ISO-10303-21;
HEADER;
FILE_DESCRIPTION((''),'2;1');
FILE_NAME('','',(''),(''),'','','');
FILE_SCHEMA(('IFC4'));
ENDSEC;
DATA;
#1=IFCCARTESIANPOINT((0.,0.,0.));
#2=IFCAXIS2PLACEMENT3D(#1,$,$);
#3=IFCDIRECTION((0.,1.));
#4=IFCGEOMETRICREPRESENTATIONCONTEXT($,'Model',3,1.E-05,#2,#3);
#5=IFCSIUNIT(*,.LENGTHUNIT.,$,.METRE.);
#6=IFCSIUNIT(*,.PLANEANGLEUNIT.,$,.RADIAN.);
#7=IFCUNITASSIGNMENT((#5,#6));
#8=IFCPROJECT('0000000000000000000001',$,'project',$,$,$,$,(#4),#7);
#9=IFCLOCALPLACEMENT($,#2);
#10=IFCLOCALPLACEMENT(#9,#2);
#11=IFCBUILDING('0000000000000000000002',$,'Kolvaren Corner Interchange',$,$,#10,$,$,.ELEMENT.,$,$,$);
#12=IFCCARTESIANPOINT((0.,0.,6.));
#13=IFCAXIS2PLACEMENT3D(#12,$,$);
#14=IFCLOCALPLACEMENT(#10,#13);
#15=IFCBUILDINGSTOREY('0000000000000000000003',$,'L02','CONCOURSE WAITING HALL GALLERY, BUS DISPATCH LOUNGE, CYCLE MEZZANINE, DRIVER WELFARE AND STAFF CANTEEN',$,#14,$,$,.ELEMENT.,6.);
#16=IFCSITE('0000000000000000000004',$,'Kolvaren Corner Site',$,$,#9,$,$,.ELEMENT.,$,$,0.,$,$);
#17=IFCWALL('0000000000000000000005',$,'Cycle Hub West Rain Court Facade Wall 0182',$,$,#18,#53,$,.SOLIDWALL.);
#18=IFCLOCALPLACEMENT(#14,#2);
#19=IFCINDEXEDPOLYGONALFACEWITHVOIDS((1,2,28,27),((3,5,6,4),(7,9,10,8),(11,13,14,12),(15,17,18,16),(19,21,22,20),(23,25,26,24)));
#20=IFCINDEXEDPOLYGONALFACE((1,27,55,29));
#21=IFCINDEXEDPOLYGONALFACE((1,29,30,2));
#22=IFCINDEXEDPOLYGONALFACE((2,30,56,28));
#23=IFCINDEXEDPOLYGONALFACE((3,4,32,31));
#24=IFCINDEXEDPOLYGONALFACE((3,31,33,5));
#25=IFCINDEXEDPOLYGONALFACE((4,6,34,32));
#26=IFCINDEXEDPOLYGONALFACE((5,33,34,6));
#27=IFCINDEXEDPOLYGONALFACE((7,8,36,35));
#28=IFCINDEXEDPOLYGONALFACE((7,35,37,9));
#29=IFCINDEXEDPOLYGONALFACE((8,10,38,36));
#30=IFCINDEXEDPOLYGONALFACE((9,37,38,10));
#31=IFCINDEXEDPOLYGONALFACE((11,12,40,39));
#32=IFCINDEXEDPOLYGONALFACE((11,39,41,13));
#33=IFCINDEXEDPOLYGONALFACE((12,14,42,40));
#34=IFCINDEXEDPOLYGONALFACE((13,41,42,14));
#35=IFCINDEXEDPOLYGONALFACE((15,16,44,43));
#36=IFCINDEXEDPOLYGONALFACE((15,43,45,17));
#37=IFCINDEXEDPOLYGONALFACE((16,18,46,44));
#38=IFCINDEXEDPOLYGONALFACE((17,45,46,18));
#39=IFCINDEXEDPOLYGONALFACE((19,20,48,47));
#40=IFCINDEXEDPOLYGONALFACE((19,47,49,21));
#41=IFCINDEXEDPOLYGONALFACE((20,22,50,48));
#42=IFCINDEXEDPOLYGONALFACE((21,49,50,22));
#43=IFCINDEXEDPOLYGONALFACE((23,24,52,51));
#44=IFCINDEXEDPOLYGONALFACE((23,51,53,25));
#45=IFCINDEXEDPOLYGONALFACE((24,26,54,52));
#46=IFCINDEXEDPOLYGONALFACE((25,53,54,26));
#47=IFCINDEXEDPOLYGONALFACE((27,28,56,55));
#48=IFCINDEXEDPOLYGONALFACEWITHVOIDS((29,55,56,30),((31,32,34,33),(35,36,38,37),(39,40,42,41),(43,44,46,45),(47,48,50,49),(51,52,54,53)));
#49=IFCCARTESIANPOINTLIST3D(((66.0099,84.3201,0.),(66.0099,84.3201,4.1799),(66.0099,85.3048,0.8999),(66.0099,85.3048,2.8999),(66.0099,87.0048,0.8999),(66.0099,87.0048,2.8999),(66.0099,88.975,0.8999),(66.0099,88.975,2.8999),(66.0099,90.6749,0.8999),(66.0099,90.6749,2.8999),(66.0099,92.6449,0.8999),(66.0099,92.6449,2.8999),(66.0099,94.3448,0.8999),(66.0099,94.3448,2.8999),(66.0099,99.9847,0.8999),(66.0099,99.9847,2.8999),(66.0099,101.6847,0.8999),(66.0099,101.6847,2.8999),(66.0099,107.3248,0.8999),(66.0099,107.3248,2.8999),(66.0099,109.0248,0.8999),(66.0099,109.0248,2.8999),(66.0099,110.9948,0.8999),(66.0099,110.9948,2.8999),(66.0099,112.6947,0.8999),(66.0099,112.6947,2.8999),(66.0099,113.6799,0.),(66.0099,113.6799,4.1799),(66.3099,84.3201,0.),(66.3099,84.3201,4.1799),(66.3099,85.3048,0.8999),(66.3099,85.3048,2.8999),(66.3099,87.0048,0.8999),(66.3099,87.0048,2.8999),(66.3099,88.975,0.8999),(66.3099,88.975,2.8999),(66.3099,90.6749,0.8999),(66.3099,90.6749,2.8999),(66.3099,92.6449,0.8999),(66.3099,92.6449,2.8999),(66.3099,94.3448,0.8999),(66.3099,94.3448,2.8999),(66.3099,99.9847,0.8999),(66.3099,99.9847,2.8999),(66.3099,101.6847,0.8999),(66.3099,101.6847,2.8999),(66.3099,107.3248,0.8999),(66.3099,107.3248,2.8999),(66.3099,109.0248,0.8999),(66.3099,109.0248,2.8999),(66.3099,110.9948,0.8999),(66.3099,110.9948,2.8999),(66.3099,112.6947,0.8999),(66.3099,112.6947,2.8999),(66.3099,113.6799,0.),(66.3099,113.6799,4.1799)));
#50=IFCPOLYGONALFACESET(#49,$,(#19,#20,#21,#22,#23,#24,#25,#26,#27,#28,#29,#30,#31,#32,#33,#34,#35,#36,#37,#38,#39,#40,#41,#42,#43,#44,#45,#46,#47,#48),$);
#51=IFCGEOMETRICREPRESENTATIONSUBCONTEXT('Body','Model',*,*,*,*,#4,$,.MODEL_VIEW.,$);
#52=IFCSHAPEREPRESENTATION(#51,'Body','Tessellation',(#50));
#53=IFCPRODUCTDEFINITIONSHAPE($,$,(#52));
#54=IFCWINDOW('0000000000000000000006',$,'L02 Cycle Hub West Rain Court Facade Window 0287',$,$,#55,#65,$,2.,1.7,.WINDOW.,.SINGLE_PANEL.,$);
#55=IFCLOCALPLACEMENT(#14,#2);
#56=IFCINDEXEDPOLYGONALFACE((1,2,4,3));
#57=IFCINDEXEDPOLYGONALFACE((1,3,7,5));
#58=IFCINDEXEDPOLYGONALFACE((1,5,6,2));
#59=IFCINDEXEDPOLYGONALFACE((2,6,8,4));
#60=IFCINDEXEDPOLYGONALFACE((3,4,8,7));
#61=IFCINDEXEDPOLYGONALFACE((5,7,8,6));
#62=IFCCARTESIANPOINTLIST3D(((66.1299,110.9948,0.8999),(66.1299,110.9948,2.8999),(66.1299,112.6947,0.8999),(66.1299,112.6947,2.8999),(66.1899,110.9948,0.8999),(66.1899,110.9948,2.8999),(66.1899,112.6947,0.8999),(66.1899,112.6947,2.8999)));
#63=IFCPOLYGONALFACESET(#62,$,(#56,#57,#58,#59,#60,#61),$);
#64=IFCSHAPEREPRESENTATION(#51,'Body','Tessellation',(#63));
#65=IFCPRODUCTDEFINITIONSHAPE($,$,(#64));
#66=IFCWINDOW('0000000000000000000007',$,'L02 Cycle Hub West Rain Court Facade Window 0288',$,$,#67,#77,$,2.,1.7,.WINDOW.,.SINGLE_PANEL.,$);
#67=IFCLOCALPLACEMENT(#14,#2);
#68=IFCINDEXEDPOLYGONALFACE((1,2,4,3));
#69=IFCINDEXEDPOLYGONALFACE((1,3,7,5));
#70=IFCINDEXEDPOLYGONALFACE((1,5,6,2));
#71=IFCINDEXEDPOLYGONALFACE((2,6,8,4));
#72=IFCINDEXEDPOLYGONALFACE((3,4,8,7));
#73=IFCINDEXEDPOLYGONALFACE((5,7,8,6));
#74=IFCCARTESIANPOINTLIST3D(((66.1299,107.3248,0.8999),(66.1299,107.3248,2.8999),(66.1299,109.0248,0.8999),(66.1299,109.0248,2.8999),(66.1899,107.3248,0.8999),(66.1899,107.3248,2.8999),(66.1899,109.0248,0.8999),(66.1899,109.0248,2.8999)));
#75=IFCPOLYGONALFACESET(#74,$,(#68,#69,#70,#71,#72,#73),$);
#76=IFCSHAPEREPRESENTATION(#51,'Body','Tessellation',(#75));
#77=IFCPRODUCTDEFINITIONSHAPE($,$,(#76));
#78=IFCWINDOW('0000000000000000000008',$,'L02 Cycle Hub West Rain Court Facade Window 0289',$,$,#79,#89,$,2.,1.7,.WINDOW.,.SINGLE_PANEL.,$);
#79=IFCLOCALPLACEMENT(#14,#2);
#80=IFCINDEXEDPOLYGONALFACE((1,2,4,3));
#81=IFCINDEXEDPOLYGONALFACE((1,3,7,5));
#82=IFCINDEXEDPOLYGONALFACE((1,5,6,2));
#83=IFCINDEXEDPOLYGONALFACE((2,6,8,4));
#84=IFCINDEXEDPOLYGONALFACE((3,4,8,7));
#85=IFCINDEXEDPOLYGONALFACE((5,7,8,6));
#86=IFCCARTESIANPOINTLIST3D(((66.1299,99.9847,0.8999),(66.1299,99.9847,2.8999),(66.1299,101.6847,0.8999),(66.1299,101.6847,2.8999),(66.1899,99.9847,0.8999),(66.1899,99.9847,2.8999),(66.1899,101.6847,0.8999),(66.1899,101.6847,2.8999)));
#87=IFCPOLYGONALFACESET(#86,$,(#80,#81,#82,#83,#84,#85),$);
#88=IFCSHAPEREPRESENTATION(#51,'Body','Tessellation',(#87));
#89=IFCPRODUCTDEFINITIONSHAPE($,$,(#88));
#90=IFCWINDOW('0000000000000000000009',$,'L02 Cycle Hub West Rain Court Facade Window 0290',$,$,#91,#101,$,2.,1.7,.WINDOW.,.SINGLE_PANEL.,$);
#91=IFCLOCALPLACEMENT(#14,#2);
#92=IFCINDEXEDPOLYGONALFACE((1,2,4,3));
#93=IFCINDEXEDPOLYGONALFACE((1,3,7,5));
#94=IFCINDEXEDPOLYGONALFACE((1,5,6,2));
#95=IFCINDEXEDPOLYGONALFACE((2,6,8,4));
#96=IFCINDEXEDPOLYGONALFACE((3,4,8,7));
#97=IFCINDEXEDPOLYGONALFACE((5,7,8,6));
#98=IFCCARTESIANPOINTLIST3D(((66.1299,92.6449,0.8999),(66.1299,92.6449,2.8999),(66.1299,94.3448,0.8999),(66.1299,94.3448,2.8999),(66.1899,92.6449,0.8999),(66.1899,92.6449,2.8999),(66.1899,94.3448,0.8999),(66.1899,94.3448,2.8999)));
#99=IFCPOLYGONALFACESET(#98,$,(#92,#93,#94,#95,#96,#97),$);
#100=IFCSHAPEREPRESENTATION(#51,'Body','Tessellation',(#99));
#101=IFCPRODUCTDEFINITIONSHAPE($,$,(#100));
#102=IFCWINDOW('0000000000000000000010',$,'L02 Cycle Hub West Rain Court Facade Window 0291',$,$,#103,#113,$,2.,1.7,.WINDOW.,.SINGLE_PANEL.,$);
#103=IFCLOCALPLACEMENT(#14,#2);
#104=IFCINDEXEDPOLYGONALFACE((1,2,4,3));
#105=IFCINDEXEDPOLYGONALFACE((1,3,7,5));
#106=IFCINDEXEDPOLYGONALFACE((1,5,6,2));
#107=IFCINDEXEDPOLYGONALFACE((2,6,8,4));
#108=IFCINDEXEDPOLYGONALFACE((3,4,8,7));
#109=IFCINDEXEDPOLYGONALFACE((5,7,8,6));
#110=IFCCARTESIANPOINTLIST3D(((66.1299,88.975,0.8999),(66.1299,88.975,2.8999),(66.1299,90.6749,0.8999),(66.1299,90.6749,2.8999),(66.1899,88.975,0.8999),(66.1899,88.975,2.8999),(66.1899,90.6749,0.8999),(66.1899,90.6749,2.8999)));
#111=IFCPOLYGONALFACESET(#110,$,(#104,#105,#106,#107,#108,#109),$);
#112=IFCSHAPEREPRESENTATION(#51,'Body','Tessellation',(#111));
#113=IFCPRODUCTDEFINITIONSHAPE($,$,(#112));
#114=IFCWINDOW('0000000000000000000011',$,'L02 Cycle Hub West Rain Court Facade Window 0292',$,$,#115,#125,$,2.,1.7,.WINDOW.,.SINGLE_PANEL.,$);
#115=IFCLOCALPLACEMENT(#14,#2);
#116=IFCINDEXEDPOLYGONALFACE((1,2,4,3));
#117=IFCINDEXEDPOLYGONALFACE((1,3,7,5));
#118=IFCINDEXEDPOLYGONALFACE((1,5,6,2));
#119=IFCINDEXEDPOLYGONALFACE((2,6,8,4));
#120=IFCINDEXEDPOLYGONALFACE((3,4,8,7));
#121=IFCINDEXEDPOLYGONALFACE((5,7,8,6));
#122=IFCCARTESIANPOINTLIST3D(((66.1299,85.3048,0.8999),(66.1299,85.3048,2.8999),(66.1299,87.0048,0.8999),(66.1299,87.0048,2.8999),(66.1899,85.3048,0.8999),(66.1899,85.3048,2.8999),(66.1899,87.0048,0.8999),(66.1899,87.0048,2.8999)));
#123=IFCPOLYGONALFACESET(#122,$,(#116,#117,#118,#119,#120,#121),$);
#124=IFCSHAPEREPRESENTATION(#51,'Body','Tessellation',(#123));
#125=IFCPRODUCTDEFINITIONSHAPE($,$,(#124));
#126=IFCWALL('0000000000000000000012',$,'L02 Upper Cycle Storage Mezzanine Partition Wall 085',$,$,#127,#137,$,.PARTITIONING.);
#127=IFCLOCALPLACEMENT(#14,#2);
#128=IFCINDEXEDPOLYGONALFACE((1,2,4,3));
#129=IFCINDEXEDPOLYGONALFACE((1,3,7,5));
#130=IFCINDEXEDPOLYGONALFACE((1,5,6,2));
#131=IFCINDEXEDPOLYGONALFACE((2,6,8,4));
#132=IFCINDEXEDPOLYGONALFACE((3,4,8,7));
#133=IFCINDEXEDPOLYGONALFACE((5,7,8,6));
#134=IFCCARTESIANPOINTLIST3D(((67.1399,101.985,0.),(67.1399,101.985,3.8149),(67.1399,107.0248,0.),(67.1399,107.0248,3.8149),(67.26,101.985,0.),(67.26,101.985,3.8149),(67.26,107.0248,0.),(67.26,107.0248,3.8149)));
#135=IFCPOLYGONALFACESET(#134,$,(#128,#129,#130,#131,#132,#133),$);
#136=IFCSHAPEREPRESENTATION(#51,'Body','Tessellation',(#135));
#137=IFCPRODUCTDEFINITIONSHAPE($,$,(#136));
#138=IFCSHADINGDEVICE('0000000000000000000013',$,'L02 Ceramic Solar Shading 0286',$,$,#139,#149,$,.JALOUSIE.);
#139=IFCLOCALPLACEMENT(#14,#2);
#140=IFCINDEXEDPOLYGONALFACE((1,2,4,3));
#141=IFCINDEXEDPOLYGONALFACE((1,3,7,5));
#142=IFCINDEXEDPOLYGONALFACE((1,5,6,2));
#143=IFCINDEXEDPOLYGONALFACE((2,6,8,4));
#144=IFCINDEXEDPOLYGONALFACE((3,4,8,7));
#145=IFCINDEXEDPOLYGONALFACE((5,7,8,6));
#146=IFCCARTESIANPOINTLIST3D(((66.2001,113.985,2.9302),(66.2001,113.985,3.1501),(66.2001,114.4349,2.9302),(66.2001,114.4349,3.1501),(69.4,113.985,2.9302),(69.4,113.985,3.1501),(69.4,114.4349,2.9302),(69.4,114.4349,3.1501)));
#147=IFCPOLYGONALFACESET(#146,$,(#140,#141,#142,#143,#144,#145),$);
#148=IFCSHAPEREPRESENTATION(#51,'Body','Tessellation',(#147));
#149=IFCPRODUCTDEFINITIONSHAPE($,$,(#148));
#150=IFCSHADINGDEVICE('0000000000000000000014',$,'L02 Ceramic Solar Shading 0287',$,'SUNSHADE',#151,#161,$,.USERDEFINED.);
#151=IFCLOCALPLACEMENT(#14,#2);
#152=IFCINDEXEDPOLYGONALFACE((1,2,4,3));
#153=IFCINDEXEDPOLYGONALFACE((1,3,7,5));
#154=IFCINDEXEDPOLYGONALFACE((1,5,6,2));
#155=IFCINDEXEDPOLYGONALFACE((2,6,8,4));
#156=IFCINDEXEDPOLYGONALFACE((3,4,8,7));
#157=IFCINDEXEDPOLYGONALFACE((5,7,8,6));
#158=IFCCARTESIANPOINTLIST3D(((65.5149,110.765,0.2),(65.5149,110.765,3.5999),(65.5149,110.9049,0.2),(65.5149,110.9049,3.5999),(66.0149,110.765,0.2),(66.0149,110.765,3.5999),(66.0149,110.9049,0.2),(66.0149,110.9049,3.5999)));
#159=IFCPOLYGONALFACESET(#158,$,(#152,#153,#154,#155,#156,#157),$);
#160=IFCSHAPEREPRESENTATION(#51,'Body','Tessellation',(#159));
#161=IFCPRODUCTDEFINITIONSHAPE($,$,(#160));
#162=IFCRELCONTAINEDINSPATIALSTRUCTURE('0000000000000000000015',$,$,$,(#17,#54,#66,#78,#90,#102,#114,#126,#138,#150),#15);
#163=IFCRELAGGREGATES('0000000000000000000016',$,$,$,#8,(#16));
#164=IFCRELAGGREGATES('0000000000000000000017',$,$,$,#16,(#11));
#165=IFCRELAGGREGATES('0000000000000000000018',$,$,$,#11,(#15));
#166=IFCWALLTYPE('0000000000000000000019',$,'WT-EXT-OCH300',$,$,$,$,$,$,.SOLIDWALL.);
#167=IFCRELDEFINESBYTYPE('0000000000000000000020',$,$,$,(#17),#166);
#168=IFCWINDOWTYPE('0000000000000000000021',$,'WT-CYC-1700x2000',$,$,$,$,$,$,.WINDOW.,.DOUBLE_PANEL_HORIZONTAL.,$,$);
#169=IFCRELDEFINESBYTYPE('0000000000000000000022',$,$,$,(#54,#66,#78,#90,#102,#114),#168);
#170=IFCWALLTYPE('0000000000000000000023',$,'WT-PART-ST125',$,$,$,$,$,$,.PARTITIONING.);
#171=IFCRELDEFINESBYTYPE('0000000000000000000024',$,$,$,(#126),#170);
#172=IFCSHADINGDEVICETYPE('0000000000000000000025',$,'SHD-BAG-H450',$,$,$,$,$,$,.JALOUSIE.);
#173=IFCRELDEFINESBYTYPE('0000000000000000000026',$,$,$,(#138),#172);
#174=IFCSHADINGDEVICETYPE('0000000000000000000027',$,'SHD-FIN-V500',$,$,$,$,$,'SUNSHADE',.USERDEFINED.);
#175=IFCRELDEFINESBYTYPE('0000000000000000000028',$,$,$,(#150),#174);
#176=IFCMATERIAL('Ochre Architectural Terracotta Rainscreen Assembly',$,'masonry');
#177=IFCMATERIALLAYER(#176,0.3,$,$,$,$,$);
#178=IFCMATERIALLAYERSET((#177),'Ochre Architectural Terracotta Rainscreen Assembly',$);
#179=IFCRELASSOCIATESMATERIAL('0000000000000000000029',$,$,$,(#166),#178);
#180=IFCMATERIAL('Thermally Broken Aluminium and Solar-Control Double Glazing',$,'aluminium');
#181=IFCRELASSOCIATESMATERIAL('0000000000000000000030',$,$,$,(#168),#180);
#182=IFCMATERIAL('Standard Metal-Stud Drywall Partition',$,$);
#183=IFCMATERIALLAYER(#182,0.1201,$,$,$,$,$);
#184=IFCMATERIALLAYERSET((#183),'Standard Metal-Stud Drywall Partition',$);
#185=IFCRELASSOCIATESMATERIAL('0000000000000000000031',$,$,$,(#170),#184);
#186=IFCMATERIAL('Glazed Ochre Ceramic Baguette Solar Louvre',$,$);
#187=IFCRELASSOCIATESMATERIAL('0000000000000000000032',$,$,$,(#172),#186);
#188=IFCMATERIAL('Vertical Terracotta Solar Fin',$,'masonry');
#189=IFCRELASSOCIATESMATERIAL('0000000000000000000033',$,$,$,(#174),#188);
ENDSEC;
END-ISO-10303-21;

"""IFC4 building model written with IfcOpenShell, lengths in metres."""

from ifc_helpers import new_model, si_unit, direction, frame, frame_2d, origin, origin_2d, place, context, subcontext, project, spatial, rectangle, extrude, material, layer, layer_set, type_object, element, fill, save


model = new_model("IFC4")

# Units and contexts
model_context = context("Model", 3, precision=1e-05, world=origin(), true_north=direction((0.0, 1.0)))
body_context = subcontext(model_context, "Body", "Model", "MODEL_VIEW")
ifc_project = project(units=[si_unit("LENGTHUNIT", "METRE"), si_unit("PLANEANGLEUNIT", "RADIAN")], contexts=[model_context])

# Site, building, storey
site_placement = place(None, origin())
site = spatial("IfcSite", under=ifc_project, at=site_placement, Name="Kolvaren Corner Site", CompositionType="ELEMENT", RefElevation=0.0)
building_placement = place(site_placement, origin())
building = spatial("IfcBuilding", under=site, at=building_placement, Name="Kolvaren Corner Interchange", CompositionType="ELEMENT")
storey_placement = place(building_placement, frame((0.0, 0.0, 6.0)))
storey = spatial("IfcBuildingStorey", under=building, at=storey_placement, Name="L02", Description="CONCOURSE WAITING HALL GALLERY, BUS DISPATCH LOUNGE, CYCLE MEZZANINE, DRIVER WELFARE AND STAFF CANTEEN", CompositionType="ELEMENT", Elevation=6.0)

# Wall, openings, windows
ifc_material_1 = material(Name="Ochre Architectural Terracotta Rainscreen Assembly", Category="masonry")
ifc_layer_1 = layer(ifc_material_1, 0.3)
ifc_layer_set_1 = layer_set([ifc_layer_1], Name="Ochre Architectural Terracotta Rainscreen Assembly")
wall_type_1 = type_object("IfcWallType", Name="WT-EXT-OCH300", PredefinedType="SOLIDWALL", material=ifc_layer_set_1)
wall_1_placement = place(storey_placement, frame((66.1599, 113.6799, 0.0), z_axis=(0.0, 0.0, 1.0), x_axis=(0.0, -1.0, 0.0)))
wall_1 = element("IfcWall", 1, at=wall_1_placement, inside=storey, type_object=wall_type_1, Name="Cycle Hub West Rain Court Facade Wall 0182", PredefinedType="SOLIDWALL", context=body_context, shape_type="SweptSolid", body=[
    extrude(rectangle(XDim=29.3599, YDim=0.3, at=frame_2d((14.6799, 0.0))), origin(), (0.0, 0.0, 1.0), 4.1799),
])
opening_1_placement = place(wall_1_placement, frame((0.9851, 0.0, 0.8999)))
opening_1 = element("IfcOpeningElement", 2, at=opening_1_placement, cuts=wall_1, PredefinedType="OPENING", context=body_context, shape_type="SweptSolid", body=[
    extrude(rectangle(XDim=1.7, YDim=2.0, at=frame_2d((0.8501, 1.0))), frame((0.0, 0.1599, 0.0), z_axis=(0.0, -1.0, 0.0), x_axis=(1.0, 0.0, 0.0)), (0.0, 0.0, 1.0), 0.3201),
])
opening_2_placement = place(wall_1_placement, frame((4.655, 0.0, 0.8999)))
opening_2 = element("IfcOpeningElement", 3, at=opening_2_placement, cuts=wall_1, PredefinedType="OPENING", context=body_context, shape_type="SweptSolid", body=[
    extrude(rectangle(XDim=1.7, YDim=2.0, at=frame_2d((0.8501, 1.0))), frame((0.0, 0.1599, 0.0), z_axis=(0.0, -1.0, 0.0), x_axis=(1.0, 0.0, 0.0)), (0.0, 0.0, 1.0), 0.3201),
])
opening_3_placement = place(wall_1_placement, frame((11.9951, 0.0, 0.8999)))
opening_3 = element("IfcOpeningElement", 4, at=opening_3_placement, cuts=wall_1, PredefinedType="OPENING", context=body_context, shape_type="SweptSolid", body=[
    extrude(rectangle(XDim=1.7, YDim=2.0, at=frame_2d((0.8501, 1.0))), frame((0.0, 0.1599, 0.0), z_axis=(0.0, -1.0, 0.0), x_axis=(1.0, 0.0, 0.0)), (0.0, 0.0, 1.0), 0.3201),
])
opening_4_placement = place(wall_1_placement, frame((19.335, 0.0, 0.8999)))
opening_4 = element("IfcOpeningElement", 5, at=opening_4_placement, cuts=wall_1, PredefinedType="OPENING", context=body_context, shape_type="SweptSolid", body=[
    extrude(rectangle(XDim=1.7, YDim=2.0, at=frame_2d((0.8501, 1.0))), frame((0.0, 0.1599, 0.0), z_axis=(0.0, -1.0, 0.0), x_axis=(1.0, 0.0, 0.0)), (0.0, 0.0, 1.0), 0.3201),
])
opening_5_placement = place(wall_1_placement, frame((23.0049, 0.0, 0.8999)))
opening_5 = element("IfcOpeningElement", 6, at=opening_5_placement, cuts=wall_1, PredefinedType="OPENING", context=body_context, shape_type="SweptSolid", body=[
    extrude(rectangle(XDim=1.7, YDim=2.0, at=frame_2d((0.8501, 1.0))), frame((0.0, 0.1599, 0.0), z_axis=(0.0, -1.0, 0.0), x_axis=(1.0, 0.0, 0.0)), (0.0, 0.0, 1.0), 0.3201),
])
opening_6_placement = place(wall_1_placement, frame((26.675, 0.0, 0.8999)))
opening_6 = element("IfcOpeningElement", 7, at=opening_6_placement, cuts=wall_1, PredefinedType="OPENING", context=body_context, shape_type="SweptSolid", body=[
    extrude(rectangle(XDim=1.7, YDim=2.0, at=frame_2d((0.8501, 1.0))), frame((0.0, 0.1599, 0.0), z_axis=(0.0, -1.0, 0.0), x_axis=(1.0, 0.0, 0.0)), (0.0, 0.0, 1.0), 0.3201),
])
ifc_material_2 = material(Name="Thermally Broken Aluminium and Solar-Control Double Glazing", Category="aluminium")
window_type = type_object("IfcWindowType", Name="WT-CYC-1700x2000", PartitioningType="DOUBLE_PANEL_HORIZONTAL", PredefinedType="WINDOW", material=ifc_material_2)
window_1_placement = place(opening_1_placement, origin())
window_1 = element("IfcWindow", 8, at=window_1_placement, inside=storey, type_object=window_type, Name="L02 Cycle Hub West Rain Court Facade Window 0287", OverallHeight=2.0, OverallWidth=1.7, PartitioningType="SINGLE_PANEL", PredefinedType="WINDOW", context=body_context, shape_type="SweptSolid", body=[
    extrude(rectangle(XDim=1.7, YDim=2.0, at=frame_2d((0.8501, 1.0))), frame((0.0, 0.03, 0.0), z_axis=(0.0, -1.0, 0.0), x_axis=(1.0, 0.0, 0.0)), (0.0, 0.0, 1.0), 0.0601),
])
fill(opening_1, window_1)
window_2_placement = place(opening_2_placement, origin())
window_2 = element("IfcWindow", 9, at=window_2_placement, inside=storey, type_object=window_type, Name="L02 Cycle Hub West Rain Court Facade Window 0288", OverallHeight=2.0, OverallWidth=1.7, PartitioningType="SINGLE_PANEL", PredefinedType="WINDOW", context=body_context, shape_type="SweptSolid", body=[
    extrude(rectangle(XDim=1.7, YDim=2.0, at=frame_2d((0.8501, 1.0))), frame((0.0, 0.03, 0.0), z_axis=(0.0, -1.0, 0.0), x_axis=(1.0, 0.0, 0.0)), (0.0, 0.0, 1.0), 0.0601),
])
fill(opening_2, window_2)
window_3_placement = place(opening_3_placement, origin())
window_3 = element("IfcWindow", 10, at=window_3_placement, inside=storey, type_object=window_type, Name="L02 Cycle Hub West Rain Court Facade Window 0289", OverallHeight=2.0, OverallWidth=1.7, PartitioningType="SINGLE_PANEL", PredefinedType="WINDOW", context=body_context, shape_type="SweptSolid", body=[
    extrude(rectangle(XDim=1.7, YDim=2.0, at=frame_2d((0.8501, 1.0))), frame((0.0, 0.03, 0.0), z_axis=(0.0, -1.0, 0.0), x_axis=(1.0, 0.0, 0.0)), (0.0, 0.0, 1.0), 0.0601),
])
fill(opening_3, window_3)
window_4_placement = place(opening_4_placement, origin())
window_4 = element("IfcWindow", 11, at=window_4_placement, inside=storey, type_object=window_type, Name="L02 Cycle Hub West Rain Court Facade Window 0290", OverallHeight=2.0, OverallWidth=1.7, PartitioningType="SINGLE_PANEL", PredefinedType="WINDOW", context=body_context, shape_type="SweptSolid", body=[
    extrude(rectangle(XDim=1.7, YDim=2.0, at=frame_2d((0.8501, 1.0))), frame((0.0, 0.03, 0.0), z_axis=(0.0, -1.0, 0.0), x_axis=(1.0, 0.0, 0.0)), (0.0, 0.0, 1.0), 0.0601),
])
fill(opening_4, window_4)
window_5_placement = place(opening_5_placement, origin())
window_5 = element("IfcWindow", 12, at=window_5_placement, inside=storey, type_object=window_type, Name="L02 Cycle Hub West Rain Court Facade Window 0291", OverallHeight=2.0, OverallWidth=1.7, PartitioningType="SINGLE_PANEL", PredefinedType="WINDOW", context=body_context, shape_type="SweptSolid", body=[
    extrude(rectangle(XDim=1.7, YDim=2.0, at=frame_2d((0.8501, 1.0))), frame((0.0, 0.03, 0.0), z_axis=(0.0, -1.0, 0.0), x_axis=(1.0, 0.0, 0.0)), (0.0, 0.0, 1.0), 0.0601),
])
fill(opening_5, window_5)
window_6_placement = place(opening_6_placement, origin())
window_6 = element("IfcWindow", 13, at=window_6_placement, inside=storey, type_object=window_type, Name="L02 Cycle Hub West Rain Court Facade Window 0292", OverallHeight=2.0, OverallWidth=1.7, PartitioningType="SINGLE_PANEL", PredefinedType="WINDOW", context=body_context, shape_type="SweptSolid", body=[
    extrude(rectangle(XDim=1.7, YDim=2.0, at=frame_2d((0.8501, 1.0))), frame((0.0, 0.03, 0.0), z_axis=(0.0, -1.0, 0.0), x_axis=(1.0, 0.0, 0.0)), (0.0, 0.0, 1.0), 0.0601),
])
fill(opening_6, window_6)

# Wall
ifc_material_3 = material(Name="Standard Metal-Stud Drywall Partition")
ifc_layer_2 = layer(ifc_material_3, 0.1201)
ifc_layer_set_2 = layer_set([ifc_layer_2], Name="Standard Metal-Stud Drywall Partition")
wall_type_2 = type_object("IfcWallType", Name="WT-PART-ST125", PredefinedType="PARTITIONING", material=ifc_layer_set_2)
wall_2_placement = place(storey_placement, frame((67.2, 107.0249, 0.0), z_axis=(0.0, 0.0, 1.0), x_axis=(0.0, -1.0, 0.0)))
element("IfcWall", 14, at=wall_2_placement, inside=storey, type_object=wall_type_2, Name="L02 Upper Cycle Storage Mezzanine Partition Wall 085", PredefinedType="PARTITIONING", context=body_context, shape_type="SweptSolid", body=[
    extrude(rectangle(XDim=5.0398, YDim=0.1201, at=frame_2d((2.52, 0.0))), origin(), (0.0, 0.0, 1.0), 3.8149),
])

# Shading devices
ifc_material_4 = material(Name="Glazed Ochre Ceramic Baguette Solar Louvre")
shading_device_type_1 = type_object("IfcShadingDeviceType", Name="SHD-BAG-H450", PredefinedType="JALOUSIE", material=ifc_material_4)
shading_device_placement = place(storey_placement, frame((67.8, 114.21, 2.9302), z_axis=(0.0, 0.0, 1.0), x_axis=(-1.0, 0.0, 0.0)))
element("IfcShadingDevice", 15, at=shading_device_placement, inside=storey, type_object=shading_device_type_1, Name="L02 Ceramic Solar Shading 0286", PredefinedType="JALOUSIE", context=body_context, shape_type="SweptSolid", body=[
    extrude(rectangle(XDim=3.2, YDim=0.45, at=origin_2d()), origin(), (0.0, 0.0, 1.0), 0.22),
])
ifc_material_5 = material(Name="Vertical Terracotta Solar Fin", Category="masonry")
shading_device_type_2 = type_object("IfcShadingDeviceType", Name="SHD-FIN-V500", ElementType="SUNSHADE", PredefinedType="USERDEFINED", material=ifc_material_5)
for number, where, z_axis, x_axis, name in (
    (16, (65.7649, 110.835, 0.2), (0.0, 0.0, 1.0), (0.0, -1.0, 0.0), "L02 Ceramic Solar Shading 0287"),
):
    element("IfcShadingDevice", number, at=place(storey_placement, frame(where, z_axis=z_axis, x_axis=x_axis)), inside=storey, type_object=shading_device_type_2, Name=name, ObjectType="SUNSHADE", PredefinedType="USERDEFINED", context=body_context, shape_type="SweptSolid", body=[
        extrude(rectangle(XDim=0.1399, YDim=0.5, at=origin_2d()), origin(), (0.0, 0.0, 1.0), 3.3999),
    ])

save(model, "model.ifc")
